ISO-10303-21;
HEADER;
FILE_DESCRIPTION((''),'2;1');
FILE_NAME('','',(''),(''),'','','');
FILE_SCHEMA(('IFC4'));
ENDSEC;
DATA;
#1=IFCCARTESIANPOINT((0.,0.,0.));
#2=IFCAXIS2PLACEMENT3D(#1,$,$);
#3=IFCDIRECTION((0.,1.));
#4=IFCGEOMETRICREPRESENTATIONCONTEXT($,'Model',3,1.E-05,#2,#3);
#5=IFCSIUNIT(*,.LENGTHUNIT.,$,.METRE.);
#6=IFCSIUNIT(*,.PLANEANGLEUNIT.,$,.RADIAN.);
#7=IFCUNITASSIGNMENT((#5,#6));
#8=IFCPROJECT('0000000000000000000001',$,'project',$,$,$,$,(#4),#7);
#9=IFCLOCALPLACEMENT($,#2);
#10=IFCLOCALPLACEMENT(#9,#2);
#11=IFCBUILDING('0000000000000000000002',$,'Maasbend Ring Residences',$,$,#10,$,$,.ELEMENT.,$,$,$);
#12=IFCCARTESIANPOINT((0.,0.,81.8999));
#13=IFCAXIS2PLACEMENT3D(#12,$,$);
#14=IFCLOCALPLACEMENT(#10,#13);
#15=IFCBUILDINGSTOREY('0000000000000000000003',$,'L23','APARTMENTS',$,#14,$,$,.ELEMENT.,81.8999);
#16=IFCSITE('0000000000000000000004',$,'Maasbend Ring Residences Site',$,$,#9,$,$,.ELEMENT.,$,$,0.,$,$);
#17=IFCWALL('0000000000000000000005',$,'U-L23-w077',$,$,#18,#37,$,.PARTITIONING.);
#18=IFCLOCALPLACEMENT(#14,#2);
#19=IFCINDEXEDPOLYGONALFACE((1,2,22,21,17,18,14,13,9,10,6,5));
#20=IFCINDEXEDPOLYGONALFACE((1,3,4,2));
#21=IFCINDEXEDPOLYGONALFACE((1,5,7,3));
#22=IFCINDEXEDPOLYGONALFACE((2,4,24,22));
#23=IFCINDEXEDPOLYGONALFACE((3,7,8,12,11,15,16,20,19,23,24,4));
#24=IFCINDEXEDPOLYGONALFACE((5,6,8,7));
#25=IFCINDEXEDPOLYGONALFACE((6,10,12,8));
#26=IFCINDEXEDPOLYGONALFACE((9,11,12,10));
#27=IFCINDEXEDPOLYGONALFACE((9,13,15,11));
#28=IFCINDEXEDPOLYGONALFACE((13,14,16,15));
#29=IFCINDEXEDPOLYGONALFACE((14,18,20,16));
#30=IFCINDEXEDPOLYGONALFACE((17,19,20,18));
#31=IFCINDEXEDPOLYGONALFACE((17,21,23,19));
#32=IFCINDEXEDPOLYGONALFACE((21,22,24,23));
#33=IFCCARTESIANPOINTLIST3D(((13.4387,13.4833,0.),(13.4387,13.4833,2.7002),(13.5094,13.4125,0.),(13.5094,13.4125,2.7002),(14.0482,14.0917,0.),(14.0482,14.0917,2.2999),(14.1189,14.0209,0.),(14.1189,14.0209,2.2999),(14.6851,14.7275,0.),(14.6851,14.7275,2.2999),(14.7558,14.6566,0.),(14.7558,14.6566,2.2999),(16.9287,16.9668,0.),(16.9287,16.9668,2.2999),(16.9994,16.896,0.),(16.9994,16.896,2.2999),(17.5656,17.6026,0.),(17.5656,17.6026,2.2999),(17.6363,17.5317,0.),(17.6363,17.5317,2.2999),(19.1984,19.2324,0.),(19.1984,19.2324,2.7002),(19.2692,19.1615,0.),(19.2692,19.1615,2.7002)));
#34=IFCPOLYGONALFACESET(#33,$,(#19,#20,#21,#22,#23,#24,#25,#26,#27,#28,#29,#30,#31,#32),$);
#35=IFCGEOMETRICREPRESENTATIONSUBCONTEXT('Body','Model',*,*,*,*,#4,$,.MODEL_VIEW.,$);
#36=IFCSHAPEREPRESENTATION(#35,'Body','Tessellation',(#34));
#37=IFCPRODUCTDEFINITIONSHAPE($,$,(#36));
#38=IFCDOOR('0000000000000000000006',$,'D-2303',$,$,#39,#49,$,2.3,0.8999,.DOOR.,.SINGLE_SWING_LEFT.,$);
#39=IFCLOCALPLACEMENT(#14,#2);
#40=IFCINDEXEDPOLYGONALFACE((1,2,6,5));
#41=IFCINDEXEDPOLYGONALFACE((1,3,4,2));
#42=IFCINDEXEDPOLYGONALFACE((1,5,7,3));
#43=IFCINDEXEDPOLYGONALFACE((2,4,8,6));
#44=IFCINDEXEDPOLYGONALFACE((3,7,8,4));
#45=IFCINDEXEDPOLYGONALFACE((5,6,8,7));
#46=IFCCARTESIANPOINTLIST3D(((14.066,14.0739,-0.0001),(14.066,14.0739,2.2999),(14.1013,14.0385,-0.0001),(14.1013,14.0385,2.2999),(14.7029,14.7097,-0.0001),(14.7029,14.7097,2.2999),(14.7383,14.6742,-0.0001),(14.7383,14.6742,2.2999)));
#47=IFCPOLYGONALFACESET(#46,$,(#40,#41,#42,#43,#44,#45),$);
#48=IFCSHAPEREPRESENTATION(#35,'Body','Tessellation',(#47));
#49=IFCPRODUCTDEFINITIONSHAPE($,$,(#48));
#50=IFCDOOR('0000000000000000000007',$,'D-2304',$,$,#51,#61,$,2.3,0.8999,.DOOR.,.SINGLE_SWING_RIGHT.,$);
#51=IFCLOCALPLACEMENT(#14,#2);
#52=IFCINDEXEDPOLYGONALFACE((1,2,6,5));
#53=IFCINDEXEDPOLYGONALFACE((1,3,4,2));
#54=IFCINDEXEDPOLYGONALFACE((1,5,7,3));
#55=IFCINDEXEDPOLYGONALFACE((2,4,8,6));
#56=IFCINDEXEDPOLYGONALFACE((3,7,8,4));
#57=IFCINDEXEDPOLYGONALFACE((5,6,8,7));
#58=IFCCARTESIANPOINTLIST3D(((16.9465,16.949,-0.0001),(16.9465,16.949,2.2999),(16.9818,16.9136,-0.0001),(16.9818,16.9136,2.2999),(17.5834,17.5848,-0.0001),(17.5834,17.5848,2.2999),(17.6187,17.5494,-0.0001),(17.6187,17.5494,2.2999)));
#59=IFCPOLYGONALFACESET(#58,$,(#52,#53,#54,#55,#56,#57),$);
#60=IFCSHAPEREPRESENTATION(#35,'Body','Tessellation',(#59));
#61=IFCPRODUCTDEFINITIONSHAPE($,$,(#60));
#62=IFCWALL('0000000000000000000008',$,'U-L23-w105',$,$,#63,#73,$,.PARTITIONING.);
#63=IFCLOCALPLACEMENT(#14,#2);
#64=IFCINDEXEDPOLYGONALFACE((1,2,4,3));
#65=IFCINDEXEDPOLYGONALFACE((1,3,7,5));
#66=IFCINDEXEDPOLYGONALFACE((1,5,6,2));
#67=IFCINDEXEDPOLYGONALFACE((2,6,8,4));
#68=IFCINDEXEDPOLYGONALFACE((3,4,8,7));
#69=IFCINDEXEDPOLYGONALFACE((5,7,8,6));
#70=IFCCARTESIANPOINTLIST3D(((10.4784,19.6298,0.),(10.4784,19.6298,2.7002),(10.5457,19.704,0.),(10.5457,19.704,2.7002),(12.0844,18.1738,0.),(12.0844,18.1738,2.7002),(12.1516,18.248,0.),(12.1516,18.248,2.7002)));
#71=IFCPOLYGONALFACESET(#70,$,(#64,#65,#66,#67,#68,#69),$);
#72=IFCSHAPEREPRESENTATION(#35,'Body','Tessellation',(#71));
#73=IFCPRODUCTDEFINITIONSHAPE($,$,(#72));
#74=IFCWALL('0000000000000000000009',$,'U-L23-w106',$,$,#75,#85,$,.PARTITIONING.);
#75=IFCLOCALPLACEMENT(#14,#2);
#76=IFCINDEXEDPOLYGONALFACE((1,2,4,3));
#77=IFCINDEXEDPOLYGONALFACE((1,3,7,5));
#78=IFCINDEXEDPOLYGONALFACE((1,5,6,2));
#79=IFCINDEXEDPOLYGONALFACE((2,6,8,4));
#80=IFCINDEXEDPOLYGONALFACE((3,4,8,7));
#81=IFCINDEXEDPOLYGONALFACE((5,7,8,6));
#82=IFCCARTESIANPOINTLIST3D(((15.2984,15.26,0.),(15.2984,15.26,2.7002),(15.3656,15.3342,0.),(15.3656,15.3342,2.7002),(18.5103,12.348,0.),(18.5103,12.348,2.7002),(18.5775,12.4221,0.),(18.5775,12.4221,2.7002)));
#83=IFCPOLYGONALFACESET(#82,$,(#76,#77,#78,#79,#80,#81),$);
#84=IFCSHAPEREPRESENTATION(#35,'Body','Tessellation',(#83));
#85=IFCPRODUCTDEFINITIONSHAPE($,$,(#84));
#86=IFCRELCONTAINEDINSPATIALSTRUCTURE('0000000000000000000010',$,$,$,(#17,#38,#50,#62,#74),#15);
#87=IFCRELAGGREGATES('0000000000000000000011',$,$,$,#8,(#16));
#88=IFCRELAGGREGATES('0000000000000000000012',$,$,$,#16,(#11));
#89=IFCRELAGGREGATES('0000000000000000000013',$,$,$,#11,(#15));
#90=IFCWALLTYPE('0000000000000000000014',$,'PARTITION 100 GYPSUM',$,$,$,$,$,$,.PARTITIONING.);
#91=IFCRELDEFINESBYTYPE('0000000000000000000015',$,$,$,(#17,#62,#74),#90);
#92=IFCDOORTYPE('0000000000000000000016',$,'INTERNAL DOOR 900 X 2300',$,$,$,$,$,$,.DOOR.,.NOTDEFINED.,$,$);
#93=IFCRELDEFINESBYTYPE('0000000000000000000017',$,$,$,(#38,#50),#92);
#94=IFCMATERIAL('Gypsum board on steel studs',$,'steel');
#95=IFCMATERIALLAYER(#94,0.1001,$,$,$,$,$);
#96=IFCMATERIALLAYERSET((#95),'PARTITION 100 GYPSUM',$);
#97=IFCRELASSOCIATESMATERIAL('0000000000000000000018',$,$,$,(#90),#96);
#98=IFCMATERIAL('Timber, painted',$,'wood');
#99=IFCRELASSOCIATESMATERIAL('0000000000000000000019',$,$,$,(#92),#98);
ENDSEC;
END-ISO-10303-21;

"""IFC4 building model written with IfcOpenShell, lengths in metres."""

from ifc_helpers import new_model, si_unit, direction, frame, frame_2d, origin, place, context, subcontext, project, spatial, rectangle, extrude, material, layer, layer_set, type_object, element, fill, save


model = new_model("IFC4")

# Units and contexts
model_context = context("Model", 3, precision=1e-05, world=origin(), true_north=direction((0.0, 1.0)))
body_context = subcontext(model_context, "Body", "Model", "MODEL_VIEW")
ifc_project = project(units=[si_unit("LENGTHUNIT", "METRE"), si_unit("PLANEANGLEUNIT", "RADIAN")], contexts=[model_context])

# Site, building, storey
site_placement = place(None, origin())
site = spatial("IfcSite", under=ifc_project, at=site_placement, Name="Maasbend Ring Residences Site", CompositionType="ELEMENT", RefElevation=0.0)
building_placement = place(site_placement, origin())
building = spatial("IfcBuilding", under=site, at=building_placement, Name="Maasbend Ring Residences", CompositionType="ELEMENT")
storey_placement = place(building_placement, frame((0.0, 0.0, 81.8999)))
storey = spatial("IfcBuildingStorey", under=building, at=storey_placement, Name="L23", Description="APARTMENTS", CompositionType="ELEMENT", Elevation=81.8999)

# Shared definitions
ifc_material_1 = material(Name="Gypsum board on steel studs", Category="steel")
ifc_layer_1 = layer(ifc_material_1, 0.1001)
ifc_layer_set_1 = layer_set([ifc_layer_1], Name="PARTITION 100 GYPSUM")
wall_type_1 = type_object("IfcWallType", Name="PARTITION 100 GYPSUM", PredefinedType="PARTITIONING", material=ifc_layer_set_1)
ifc_material_2 = material(Name="Timber, painted", Category="wood")
door_type_1 = type_object("IfcDoorType", Name="INTERNAL DOOR 900 X 2300", OperationType="NOTDEFINED", PredefinedType="DOOR", material=ifc_material_2)

# Wall, openings, doors
wall_1_placement = place(storey_placement, frame((13.4741, 13.448, 0.0), z_axis=(0.0, 0.0, 1.0), x_axis=(0.707766, 0.706446, 0.0)))
wall_1 = element("IfcWall", 1, at=wall_1_placement, inside=storey, type_object=wall_type_1, Name="U-L23-w077", PredefinedType="PARTITIONING", context=body_context, shape_type="SweptSolid", body=[
    extrude(rectangle(XDim=8.1379, YDim=0.1001, at=frame_2d((4.0688, 0.0))), origin(), (0.0, 0.0, 1.0), 2.7002),
])
opening_1_placement = place(wall_1_placement, frame((0.8611, 0.0, 0.0)))
opening_1 = element("IfcOpeningElement", 2, at=opening_1_placement, cuts=wall_1, PredefinedType="OPENING", context=body_context, shape_type="SweptSolid", body=[
    extrude(rectangle(XDim=0.8999, YDim=2.3, at=frame_2d((0.45, 1.1499))), frame((0.0, 0.0601, 0.0), z_axis=(0.0, -1.0, 0.0), x_axis=(1.0, 0.0, 0.0)), (0.0, 0.0, 1.0), 0.1201),
])
opening_2_placement = place(wall_1_placement, frame((4.9309, 0.0, 0.0)))
opening_2 = element("IfcOpeningElement", 3, at=opening_2_placement, cuts=wall_1, PredefinedType="OPENING", context=body_context, shape_type="SweptSolid", body=[
    extrude(rectangle(XDim=0.8999, YDim=2.3, at=frame_2d((0.45, 1.1499))), frame((0.0, 0.0601, 0.0), z_axis=(0.0, -1.0, 0.0), x_axis=(1.0, 0.0, 0.0)), (0.0, 0.0, 1.0), 0.1201),
])
door_1_placement = place(opening_1_placement, origin())
door_1 = element("IfcDoor", 4, at=door_1_placement, inside=storey, type_object=door_type_1, Name="D-2303", OperationType="SINGLE_SWING_LEFT", OverallHeight=2.3, OverallWidth=0.8999, PredefinedType="DOOR", context=body_context, shape_type="SweptSolid", body=[
    extrude(rectangle(XDim=0.8999, YDim=2.3, at=frame_2d((0.45, 1.1499))), frame((0.0, 0.0249, 0.0), z_axis=(0.0, -1.0, 0.0), x_axis=(1.0, 0.0, 0.0)), (0.0, 0.0, 1.0), 0.05),
])
fill(opening_1, door_1)
door_2_placement = place(opening_2_placement, origin())
door_2 = element("IfcDoor", 5, at=door_2_placement, inside=storey, type_object=door_type_1, Name="D-2304", OperationType="SINGLE_SWING_RIGHT", OverallHeight=2.3, OverallWidth=0.8999, PredefinedType="DOOR", context=body_context, shape_type="SweptSolid", body=[
    extrude(rectangle(XDim=0.8999, YDim=2.3, at=frame_2d((0.45, 1.1499))), frame((0.0, 0.0249, 0.0), z_axis=(0.0, -1.0, 0.0), x_axis=(1.0, 0.0, 0.0)), (0.0, 0.0, 1.0), 0.05),
])
fill(opening_2, door_2)

# Walls
wall_2_placement = place(storey_placement, frame((10.512, 19.667, 0.0), z_axis=(0.0, 0.0, 1.0), x_axis=(0.740836, -0.671686, 0.0)))
element("IfcWall", 6, at=wall_2_placement, inside=storey, type_object=wall_type_1, Name="U-L23-w105", PredefinedType="PARTITIONING", context=body_context, shape_type="SweptSolid", body=[
    extrude(rectangle(XDim=2.1677, YDim=0.1001, at=frame_2d((1.084, 0.0))), origin(), (0.0, 0.0, 1.0), 2.7002),
])
wall_3_placement = place(storey_placement, frame((15.332, 15.2971, 0.0), z_axis=(0.0, 0.0, 1.0), x_axis=(0.740836, -0.671686, 0.0)))
element("IfcWall", 7, at=wall_3_placement, inside=storey, type_object=wall_type_1, Name="U-L23-w106", PredefinedType="PARTITIONING", context=body_context, shape_type="SweptSolid", body=[
    extrude(rectangle(XDim=4.3354, YDim=0.1001, at=frame_2d((2.1677, 0.0))), origin(), (0.0, 0.0, 1.0), 2.7002),
])

save(model, "model.ifc")
